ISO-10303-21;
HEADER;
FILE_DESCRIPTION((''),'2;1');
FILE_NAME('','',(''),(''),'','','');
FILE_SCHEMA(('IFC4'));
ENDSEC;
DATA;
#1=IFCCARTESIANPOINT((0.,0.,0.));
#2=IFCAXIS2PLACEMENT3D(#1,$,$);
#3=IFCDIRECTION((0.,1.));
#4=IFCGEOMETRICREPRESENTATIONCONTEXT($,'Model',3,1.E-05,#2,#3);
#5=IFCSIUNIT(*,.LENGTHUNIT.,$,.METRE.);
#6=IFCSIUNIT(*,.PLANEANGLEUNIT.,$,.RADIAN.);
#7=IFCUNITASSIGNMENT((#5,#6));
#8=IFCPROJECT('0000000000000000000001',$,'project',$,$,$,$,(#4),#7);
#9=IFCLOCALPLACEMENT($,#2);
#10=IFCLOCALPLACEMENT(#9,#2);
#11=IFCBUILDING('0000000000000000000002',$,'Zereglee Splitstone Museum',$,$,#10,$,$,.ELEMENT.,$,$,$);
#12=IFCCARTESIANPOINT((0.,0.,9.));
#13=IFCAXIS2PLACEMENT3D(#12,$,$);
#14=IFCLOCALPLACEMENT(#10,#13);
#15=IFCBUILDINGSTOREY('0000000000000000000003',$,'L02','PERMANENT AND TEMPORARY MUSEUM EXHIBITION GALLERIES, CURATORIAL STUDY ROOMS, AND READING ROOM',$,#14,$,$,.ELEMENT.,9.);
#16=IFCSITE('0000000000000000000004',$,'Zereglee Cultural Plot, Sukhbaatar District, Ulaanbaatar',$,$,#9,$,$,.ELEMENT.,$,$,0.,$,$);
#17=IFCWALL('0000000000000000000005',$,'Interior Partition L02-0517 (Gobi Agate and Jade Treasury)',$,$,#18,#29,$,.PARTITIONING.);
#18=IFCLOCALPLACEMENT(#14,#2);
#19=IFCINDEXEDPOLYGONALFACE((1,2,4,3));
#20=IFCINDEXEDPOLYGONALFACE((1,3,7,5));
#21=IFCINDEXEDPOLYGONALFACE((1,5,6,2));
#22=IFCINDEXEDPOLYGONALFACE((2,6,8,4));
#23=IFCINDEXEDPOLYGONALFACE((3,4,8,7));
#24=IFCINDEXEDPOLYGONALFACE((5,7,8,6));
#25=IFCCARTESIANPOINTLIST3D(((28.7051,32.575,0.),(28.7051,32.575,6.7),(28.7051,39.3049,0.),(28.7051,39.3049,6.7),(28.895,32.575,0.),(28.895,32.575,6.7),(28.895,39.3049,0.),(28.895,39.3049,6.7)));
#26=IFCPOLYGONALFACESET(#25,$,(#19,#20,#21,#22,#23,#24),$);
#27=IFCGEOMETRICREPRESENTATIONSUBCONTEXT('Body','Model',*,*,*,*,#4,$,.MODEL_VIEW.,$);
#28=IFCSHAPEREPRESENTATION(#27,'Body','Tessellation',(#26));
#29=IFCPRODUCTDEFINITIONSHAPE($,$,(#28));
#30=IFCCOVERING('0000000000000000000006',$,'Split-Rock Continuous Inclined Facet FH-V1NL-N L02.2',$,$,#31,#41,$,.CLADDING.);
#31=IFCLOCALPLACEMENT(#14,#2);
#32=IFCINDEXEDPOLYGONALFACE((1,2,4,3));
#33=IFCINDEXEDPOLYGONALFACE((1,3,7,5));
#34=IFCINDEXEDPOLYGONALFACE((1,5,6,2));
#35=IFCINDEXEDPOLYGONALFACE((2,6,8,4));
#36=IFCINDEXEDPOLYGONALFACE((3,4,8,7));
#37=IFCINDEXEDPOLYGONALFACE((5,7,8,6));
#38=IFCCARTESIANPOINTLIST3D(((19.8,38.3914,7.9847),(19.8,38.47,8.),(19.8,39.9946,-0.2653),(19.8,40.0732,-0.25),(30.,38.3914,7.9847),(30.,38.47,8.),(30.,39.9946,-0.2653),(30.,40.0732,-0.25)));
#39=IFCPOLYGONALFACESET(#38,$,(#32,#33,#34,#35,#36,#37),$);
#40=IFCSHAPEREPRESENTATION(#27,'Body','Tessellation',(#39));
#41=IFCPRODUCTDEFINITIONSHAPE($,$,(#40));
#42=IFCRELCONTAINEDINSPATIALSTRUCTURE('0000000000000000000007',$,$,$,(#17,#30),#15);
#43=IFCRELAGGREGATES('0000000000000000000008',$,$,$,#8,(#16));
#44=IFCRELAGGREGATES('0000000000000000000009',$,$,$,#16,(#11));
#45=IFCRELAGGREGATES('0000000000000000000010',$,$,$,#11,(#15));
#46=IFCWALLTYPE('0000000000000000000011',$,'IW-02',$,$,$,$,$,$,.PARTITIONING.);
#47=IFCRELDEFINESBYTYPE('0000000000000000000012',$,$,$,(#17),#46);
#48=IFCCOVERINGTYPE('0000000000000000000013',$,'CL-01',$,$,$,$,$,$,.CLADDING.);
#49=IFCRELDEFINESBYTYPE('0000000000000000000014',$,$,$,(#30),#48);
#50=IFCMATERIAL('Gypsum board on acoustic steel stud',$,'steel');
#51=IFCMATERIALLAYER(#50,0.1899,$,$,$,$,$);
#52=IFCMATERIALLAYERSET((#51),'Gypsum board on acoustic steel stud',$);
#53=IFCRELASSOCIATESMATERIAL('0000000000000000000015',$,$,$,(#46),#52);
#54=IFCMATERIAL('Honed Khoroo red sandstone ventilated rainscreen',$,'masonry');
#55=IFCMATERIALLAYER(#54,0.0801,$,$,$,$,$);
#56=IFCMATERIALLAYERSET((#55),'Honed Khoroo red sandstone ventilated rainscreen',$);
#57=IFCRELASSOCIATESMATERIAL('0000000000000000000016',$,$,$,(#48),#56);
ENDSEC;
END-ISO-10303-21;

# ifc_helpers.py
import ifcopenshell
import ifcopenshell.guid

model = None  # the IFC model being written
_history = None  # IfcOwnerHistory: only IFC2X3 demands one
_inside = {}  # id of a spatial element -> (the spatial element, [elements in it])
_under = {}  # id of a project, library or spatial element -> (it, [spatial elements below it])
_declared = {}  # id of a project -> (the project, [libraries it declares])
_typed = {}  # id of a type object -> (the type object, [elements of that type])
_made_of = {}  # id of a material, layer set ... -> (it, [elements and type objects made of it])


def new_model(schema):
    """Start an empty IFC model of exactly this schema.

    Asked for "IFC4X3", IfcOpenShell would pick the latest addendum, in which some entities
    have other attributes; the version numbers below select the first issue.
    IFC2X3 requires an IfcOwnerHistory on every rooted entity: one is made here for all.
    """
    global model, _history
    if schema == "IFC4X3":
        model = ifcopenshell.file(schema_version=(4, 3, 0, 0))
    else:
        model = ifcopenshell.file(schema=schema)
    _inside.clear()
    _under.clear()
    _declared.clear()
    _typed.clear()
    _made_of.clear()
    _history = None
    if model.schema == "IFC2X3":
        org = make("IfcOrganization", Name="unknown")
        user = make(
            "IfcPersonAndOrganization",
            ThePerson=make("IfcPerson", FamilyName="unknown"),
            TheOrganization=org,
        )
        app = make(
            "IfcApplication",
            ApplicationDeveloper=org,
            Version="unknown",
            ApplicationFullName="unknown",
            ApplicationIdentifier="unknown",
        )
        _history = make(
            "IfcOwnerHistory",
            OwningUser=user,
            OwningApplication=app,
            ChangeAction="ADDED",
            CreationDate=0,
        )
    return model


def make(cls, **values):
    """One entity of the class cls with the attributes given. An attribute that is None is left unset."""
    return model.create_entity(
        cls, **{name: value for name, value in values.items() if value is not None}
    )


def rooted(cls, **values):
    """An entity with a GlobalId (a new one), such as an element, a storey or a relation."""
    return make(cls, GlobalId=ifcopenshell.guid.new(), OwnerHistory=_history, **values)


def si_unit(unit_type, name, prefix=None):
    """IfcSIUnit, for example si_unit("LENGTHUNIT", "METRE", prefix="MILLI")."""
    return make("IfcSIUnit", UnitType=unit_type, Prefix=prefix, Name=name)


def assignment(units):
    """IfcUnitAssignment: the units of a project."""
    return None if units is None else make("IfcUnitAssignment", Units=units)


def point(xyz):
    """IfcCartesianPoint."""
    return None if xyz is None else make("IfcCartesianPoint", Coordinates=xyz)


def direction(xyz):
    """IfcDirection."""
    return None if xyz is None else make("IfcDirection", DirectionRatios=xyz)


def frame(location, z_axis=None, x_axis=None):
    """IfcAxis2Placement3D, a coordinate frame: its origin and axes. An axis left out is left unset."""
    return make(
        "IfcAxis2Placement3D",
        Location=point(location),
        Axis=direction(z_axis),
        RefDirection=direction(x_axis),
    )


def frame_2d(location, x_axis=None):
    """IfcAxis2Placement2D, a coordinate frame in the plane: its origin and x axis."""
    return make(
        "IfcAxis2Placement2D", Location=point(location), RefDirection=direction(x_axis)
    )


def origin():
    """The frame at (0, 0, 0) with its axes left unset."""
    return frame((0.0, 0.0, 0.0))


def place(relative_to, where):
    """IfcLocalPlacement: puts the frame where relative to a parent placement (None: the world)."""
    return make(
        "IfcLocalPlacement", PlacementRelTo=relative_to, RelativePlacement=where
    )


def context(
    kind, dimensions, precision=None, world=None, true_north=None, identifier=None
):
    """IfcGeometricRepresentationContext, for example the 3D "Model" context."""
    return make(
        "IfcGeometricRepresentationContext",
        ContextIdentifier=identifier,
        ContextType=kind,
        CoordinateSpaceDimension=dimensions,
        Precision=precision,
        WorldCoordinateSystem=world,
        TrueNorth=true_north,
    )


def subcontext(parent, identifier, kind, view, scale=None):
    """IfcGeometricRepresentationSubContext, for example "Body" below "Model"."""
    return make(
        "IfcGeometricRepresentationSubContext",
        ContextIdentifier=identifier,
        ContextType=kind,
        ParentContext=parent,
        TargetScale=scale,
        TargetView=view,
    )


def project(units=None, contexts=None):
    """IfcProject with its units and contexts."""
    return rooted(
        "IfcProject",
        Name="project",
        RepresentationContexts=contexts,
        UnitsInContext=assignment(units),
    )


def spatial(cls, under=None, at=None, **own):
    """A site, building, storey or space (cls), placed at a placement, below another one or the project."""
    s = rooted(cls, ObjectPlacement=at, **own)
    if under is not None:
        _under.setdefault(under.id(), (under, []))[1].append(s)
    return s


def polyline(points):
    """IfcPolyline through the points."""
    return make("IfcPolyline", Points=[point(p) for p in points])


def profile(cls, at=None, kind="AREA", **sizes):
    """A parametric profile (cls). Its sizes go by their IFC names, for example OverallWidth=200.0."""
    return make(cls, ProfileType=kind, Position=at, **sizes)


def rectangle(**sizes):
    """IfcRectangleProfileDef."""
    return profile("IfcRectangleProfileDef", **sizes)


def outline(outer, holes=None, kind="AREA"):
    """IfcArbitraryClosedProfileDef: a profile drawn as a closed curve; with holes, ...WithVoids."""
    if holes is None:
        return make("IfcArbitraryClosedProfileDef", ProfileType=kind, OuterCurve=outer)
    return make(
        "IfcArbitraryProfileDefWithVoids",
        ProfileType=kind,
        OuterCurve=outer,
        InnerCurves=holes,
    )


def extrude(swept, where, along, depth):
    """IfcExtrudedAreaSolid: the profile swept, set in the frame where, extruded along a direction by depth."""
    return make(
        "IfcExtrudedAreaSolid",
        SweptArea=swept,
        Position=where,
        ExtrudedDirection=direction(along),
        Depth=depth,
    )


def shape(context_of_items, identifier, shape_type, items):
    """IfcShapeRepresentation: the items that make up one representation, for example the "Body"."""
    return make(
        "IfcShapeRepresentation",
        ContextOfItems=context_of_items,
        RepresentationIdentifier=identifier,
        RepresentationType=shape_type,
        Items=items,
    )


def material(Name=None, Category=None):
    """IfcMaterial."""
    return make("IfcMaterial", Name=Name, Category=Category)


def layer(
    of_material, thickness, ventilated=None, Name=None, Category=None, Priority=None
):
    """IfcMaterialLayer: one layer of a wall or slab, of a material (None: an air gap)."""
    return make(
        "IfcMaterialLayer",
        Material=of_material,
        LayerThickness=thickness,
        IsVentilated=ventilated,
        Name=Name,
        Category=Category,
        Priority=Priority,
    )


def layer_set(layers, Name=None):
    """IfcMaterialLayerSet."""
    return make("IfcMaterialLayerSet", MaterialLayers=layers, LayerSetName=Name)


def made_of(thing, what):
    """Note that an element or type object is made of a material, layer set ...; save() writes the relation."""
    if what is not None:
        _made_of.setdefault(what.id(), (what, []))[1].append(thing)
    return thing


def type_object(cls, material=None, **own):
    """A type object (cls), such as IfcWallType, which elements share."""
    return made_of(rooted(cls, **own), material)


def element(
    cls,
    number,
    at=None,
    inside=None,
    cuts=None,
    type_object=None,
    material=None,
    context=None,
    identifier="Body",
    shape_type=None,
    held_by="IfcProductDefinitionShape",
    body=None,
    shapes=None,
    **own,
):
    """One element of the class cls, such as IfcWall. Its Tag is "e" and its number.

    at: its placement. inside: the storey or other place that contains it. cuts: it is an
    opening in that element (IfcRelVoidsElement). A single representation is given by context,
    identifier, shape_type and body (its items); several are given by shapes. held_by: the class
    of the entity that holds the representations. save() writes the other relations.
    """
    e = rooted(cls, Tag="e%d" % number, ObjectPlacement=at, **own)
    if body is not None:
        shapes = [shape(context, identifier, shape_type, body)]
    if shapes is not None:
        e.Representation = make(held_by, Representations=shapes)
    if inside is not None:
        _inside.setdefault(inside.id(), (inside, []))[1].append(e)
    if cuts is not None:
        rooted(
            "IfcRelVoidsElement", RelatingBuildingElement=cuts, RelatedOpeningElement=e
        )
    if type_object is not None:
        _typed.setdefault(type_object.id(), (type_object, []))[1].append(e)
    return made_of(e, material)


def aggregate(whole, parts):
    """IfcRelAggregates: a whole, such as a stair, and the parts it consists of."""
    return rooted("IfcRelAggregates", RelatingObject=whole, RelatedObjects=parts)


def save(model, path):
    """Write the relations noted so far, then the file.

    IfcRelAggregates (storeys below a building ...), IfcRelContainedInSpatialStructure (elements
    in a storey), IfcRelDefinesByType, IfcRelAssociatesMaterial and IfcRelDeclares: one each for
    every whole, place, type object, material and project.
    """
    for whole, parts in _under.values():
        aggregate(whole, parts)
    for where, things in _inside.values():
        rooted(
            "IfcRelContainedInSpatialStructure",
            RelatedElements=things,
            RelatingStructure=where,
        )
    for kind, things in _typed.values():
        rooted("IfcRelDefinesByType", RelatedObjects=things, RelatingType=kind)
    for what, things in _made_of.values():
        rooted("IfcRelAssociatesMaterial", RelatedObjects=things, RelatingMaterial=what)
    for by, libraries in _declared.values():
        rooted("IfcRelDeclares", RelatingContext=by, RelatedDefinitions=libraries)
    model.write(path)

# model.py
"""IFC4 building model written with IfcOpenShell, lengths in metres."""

from ifc_helpers import new_model, si_unit, direction, frame, frame_2d, origin, place, context, subcontext, project, spatial, polyline, rectangle, outline, extrude, material, layer, layer_set, type_object, element, save


model = new_model("IFC4")

# Units and contexts
model_context = context("Model", 3, precision=1e-05, world=origin(), true_north=direction((0.0, 1.0)))
body_context = subcontext(model_context, "Body", "Model", "MODEL_VIEW")
ifc_project = project(units=[si_unit("LENGTHUNIT", "METRE"), si_unit("PLANEANGLEUNIT", "RADIAN")], contexts=[model_context])

# Site, building, storey
site_placement = place(None, origin())
site = spatial("IfcSite", under=ifc_project, at=site_placement, Name="Zereglee Cultural Plot, Sukhbaatar District, Ulaanbaatar", CompositionType="ELEMENT", RefElevation=0.0)
building_placement = place(site_placement, origin())
building = spatial("IfcBuilding", under=site, at=building_placement, Name="Zereglee Splitstone Museum", CompositionType="ELEMENT")
storey_placement = place(building_placement, frame((0.0, 0.0, 9.0)))
storey = spatial("IfcBuildingStorey", under=building, at=storey_placement, Name="L02", Description="PERMANENT AND TEMPORARY MUSEUM EXHIBITION GALLERIES, CURATORIAL STUDY ROOMS, AND READING ROOM", CompositionType="ELEMENT", Elevation=9.0)

# Wall
ifc_material_1 = material(Name="Gypsum board on acoustic steel stud", Category="steel")
ifc_layer_1 = layer(ifc_material_1, 0.1899)
ifc_layer_set_1 = layer_set([ifc_layer_1], Name="Gypsum board on acoustic steel stud")
wall_type_1 = type_object("IfcWallType", Name="IW-02", PredefinedType="PARTITIONING", material=ifc_layer_set_1)
wall_1_placement = place(storey_placement, frame((28.8, 32.575, 0.0), z_axis=(0.0, 0.0, 1.0), x_axis=(0.0, 1.0, 0.0)))
element("IfcWall", 1, at=wall_1_placement, inside=storey, type_object=wall_type_1, Name="Interior Partition L02-0517 (Gobi Agate and Jade Treasury)", PredefinedType="PARTITIONING", context=body_context, shape_type="SweptSolid", body=[
    extrude(rectangle(XDim=6.73, YDim=0.1899, at=frame_2d((3.365, 0.0))), origin(), (0.0, 0.0, 1.0), 6.7),
])

# Covering
ifc_material_2 = material(Name="Honed Khoroo red sandstone ventilated rainscreen", Category="masonry")
ifc_layer_2 = layer(ifc_material_2, 0.0801)
ifc_layer_set_2 = layer_set([ifc_layer_2], Name="Honed Khoroo red sandstone ventilated rainscreen")
covering_type = type_object("IfcCoveringType", Name="CL-01", PredefinedType="CLADDING", material=ifc_layer_set_2)
covering_placement = place(storey_placement, frame((19.8, 38.47, 8.0), z_axis=(0.0, 0.981635, 0.190767), x_axis=(1.0, 0.0, 0.0)))
element("IfcCovering", 2, at=covering_placement, inside=storey, type_object=covering_type, Name="Split-Rock Continuous Inclined Facet FH-V1NL-N L02.2", PredefinedType="CLADDING", context=body_context, shape_type="SweptSolid", body=[
    extrude(outline(polyline([(0.0, 0.0), (10.2, 0.0), (10.2, 8.4043), (0.0, 8.4043), (0.0, 0.0)])), origin(), (0.0, 0.0, -1.0), 0.0801),
])

save(model, "model.ifc")
